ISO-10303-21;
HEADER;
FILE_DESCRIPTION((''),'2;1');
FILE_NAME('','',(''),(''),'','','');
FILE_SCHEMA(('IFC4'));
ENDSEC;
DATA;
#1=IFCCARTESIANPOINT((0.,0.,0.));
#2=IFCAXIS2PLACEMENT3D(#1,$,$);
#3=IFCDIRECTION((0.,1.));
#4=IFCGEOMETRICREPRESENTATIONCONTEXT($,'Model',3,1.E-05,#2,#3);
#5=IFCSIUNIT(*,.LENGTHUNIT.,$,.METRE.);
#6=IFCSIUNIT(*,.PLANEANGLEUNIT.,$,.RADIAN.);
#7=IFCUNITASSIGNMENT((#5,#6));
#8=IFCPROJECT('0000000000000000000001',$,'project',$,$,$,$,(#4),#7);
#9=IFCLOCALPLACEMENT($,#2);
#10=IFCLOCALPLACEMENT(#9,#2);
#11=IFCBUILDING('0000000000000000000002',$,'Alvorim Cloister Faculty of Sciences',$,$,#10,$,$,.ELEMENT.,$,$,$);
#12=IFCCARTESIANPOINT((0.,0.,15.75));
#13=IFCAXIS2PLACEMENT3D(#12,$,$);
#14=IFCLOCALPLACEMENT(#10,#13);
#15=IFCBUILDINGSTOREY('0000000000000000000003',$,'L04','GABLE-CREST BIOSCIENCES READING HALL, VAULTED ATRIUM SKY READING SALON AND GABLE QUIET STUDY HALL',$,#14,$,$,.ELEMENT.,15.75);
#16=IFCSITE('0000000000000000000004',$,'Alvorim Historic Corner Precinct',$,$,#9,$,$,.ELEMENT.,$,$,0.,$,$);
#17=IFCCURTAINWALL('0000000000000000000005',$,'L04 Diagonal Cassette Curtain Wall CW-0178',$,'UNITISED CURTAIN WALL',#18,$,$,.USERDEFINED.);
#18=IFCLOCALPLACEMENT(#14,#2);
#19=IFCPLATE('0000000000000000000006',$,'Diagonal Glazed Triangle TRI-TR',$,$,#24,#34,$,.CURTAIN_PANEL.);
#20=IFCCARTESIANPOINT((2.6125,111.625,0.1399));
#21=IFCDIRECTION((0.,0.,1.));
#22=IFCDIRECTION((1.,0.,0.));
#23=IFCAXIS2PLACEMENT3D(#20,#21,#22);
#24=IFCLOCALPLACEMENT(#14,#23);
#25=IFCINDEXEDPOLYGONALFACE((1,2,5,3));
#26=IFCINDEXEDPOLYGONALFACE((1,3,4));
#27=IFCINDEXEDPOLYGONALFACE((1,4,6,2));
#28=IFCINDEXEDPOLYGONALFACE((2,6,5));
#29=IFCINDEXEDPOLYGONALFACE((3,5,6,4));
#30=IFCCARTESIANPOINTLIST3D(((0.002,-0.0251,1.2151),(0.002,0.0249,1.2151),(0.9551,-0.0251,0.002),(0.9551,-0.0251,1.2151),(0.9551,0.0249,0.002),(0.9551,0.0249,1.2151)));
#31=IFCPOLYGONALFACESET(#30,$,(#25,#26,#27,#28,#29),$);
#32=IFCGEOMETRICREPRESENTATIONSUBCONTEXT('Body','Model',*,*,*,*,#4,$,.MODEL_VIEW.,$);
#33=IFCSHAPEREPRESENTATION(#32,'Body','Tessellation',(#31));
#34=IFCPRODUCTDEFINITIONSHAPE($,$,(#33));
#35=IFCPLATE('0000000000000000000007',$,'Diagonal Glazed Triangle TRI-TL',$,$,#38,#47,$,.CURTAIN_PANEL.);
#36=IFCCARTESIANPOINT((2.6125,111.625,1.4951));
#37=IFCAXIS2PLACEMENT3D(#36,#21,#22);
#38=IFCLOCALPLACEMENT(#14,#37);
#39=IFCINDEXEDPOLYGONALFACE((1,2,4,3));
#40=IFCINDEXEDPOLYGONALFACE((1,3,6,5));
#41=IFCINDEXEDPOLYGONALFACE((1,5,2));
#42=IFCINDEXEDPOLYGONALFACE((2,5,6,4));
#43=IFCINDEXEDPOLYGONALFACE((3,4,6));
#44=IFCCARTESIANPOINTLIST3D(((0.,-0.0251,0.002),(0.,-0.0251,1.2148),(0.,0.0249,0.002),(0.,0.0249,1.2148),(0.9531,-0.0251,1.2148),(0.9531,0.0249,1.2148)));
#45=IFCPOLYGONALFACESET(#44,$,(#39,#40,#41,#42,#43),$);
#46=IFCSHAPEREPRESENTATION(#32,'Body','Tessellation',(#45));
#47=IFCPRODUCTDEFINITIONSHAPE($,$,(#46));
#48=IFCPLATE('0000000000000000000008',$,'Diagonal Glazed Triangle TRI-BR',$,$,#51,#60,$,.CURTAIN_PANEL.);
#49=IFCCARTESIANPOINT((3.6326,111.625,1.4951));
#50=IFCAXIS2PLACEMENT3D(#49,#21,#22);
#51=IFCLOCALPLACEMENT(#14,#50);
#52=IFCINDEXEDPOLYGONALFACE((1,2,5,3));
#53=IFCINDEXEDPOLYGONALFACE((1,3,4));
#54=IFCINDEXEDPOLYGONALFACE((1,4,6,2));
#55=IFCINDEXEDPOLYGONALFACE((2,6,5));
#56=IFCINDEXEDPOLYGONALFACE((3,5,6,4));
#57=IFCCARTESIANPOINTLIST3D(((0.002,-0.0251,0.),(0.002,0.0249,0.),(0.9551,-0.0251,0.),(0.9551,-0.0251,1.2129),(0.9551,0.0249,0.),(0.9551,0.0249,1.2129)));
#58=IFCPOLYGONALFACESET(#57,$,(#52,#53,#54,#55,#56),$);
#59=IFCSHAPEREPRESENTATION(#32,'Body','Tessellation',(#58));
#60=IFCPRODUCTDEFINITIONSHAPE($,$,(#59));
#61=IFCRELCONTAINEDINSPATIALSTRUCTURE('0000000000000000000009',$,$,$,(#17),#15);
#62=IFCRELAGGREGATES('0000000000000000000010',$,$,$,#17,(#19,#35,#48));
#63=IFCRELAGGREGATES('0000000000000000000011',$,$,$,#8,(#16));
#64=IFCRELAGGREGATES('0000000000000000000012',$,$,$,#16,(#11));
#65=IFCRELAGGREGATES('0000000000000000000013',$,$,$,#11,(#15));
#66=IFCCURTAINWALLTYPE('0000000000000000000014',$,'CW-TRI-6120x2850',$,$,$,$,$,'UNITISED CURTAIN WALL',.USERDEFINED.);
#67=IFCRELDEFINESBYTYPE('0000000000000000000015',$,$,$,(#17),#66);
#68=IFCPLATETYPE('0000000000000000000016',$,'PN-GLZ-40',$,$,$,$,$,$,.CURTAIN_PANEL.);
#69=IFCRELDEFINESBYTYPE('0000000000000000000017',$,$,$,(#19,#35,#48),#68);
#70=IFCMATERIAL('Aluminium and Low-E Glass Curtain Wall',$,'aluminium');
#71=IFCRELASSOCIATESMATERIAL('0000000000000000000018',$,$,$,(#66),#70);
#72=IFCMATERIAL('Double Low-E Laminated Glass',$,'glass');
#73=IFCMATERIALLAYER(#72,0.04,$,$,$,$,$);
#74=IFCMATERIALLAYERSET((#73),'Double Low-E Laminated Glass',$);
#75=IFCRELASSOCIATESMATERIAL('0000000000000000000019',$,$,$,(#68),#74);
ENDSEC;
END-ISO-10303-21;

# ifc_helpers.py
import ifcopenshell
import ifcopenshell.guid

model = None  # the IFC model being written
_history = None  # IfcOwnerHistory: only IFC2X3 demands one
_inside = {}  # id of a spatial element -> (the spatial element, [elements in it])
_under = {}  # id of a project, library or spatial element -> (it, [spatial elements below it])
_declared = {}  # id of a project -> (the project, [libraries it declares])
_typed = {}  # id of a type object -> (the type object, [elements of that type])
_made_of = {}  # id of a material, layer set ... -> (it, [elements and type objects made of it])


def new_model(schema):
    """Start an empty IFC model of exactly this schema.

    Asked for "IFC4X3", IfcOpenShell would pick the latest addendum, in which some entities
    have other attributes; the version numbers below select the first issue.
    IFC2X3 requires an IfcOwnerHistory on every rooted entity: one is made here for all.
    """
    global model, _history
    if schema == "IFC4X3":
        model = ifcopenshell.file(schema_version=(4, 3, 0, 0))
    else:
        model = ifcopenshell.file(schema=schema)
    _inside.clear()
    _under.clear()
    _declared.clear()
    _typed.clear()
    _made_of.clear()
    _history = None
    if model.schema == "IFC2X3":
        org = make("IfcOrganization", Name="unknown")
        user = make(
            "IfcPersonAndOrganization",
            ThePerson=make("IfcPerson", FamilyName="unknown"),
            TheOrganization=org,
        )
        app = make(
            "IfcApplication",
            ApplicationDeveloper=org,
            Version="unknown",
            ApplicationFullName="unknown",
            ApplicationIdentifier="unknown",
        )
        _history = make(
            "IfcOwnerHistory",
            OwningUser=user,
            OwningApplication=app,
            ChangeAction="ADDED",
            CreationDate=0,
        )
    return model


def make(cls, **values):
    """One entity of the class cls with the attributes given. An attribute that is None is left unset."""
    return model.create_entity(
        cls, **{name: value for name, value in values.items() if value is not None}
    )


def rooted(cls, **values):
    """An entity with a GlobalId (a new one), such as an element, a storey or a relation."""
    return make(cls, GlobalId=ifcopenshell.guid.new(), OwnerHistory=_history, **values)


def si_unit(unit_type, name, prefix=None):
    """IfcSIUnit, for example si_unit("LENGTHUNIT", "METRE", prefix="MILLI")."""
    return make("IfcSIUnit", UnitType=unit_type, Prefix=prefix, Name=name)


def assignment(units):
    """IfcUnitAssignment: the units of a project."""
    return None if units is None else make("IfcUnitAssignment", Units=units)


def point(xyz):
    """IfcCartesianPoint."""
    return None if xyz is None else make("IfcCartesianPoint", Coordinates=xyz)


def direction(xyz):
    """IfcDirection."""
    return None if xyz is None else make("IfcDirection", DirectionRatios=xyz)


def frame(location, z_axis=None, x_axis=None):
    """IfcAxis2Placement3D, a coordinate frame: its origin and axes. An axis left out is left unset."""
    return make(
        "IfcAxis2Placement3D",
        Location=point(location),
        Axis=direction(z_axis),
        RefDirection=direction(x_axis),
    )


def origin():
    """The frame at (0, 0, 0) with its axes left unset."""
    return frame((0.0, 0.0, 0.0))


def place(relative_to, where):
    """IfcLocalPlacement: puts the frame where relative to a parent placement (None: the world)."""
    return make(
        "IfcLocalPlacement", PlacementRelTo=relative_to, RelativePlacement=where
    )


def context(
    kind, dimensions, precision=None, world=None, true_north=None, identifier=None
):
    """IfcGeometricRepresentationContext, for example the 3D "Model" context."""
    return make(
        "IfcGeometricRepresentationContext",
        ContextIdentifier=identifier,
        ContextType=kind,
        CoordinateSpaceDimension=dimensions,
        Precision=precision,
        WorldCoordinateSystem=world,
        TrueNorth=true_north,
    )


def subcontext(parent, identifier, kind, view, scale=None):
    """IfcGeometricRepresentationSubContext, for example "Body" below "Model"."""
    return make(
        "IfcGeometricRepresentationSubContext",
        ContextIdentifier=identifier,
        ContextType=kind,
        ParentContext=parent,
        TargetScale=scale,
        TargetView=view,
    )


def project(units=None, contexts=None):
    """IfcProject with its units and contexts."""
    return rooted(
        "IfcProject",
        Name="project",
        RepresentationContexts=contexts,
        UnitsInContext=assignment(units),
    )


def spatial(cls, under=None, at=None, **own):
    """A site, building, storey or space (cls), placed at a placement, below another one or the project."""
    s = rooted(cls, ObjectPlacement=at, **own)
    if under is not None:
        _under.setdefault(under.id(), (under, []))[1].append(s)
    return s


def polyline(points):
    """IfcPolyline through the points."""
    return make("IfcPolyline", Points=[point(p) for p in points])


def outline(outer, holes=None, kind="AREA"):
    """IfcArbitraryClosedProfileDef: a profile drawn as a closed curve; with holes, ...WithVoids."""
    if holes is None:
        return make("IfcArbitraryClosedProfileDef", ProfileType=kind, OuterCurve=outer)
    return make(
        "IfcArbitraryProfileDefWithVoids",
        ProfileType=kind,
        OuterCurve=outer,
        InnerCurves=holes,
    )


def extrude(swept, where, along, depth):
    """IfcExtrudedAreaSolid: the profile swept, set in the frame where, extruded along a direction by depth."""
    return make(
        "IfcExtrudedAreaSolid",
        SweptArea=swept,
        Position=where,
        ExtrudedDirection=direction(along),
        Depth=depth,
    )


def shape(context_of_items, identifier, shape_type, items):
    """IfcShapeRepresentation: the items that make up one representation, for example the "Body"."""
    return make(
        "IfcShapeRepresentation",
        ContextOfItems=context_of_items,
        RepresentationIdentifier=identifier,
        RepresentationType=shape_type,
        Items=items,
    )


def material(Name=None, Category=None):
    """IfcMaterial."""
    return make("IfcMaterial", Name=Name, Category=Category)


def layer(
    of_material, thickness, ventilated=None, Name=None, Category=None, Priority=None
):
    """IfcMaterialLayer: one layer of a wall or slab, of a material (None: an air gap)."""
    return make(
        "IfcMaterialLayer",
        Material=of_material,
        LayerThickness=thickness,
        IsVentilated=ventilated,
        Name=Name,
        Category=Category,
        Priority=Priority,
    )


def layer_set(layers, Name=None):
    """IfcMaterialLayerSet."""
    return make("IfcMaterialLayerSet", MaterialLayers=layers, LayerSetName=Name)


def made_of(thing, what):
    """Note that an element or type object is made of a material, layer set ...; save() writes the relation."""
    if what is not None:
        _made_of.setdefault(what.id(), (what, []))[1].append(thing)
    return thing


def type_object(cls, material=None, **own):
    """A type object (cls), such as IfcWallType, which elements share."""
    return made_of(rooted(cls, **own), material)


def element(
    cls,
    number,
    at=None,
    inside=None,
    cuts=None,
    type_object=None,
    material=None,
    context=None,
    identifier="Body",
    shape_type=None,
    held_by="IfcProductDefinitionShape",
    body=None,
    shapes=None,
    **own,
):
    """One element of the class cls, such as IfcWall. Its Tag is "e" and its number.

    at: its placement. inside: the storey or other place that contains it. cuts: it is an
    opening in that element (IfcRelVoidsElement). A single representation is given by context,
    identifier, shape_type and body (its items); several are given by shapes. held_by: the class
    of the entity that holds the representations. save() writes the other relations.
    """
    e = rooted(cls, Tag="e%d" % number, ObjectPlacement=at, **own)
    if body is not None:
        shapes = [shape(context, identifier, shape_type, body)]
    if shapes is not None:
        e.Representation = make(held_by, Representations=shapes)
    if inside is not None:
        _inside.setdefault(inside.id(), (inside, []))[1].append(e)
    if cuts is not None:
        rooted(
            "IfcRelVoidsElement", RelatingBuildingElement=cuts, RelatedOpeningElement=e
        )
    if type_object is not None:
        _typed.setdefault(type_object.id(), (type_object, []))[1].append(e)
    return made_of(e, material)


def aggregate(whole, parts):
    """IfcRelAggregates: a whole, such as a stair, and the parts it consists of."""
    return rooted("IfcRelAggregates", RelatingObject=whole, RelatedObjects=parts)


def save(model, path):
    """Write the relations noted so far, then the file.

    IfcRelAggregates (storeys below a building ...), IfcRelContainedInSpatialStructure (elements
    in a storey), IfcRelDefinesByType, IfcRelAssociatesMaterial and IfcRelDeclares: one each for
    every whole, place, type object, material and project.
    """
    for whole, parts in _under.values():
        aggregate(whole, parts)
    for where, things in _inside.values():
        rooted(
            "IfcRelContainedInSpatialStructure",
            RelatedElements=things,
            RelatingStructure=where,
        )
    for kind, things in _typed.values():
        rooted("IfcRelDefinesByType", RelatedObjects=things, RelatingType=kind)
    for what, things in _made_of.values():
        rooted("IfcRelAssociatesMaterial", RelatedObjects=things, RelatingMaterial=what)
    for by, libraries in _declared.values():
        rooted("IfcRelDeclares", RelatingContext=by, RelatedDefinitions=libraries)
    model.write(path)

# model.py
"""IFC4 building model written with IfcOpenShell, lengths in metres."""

from ifc_helpers import new_model, si_unit, direction, frame, origin, place, context, subcontext, project, spatial, polyline, outline, extrude, material, layer, layer_set, type_object, element, aggregate, save


model = new_model("IFC4")

# Units and contexts
model_context = context("Model", 3, precision=1e-05, world=origin(), true_north=direction((0.0, 1.0)))
body_context = subcontext(model_context, "Body", "Model", "MODEL_VIEW")
ifc_project = project(units=[si_unit("LENGTHUNIT", "METRE"), si_unit("PLANEANGLEUNIT", "RADIAN")], contexts=[model_context])

# Site, building, storey
site_placement = place(None, origin())
site = spatial("IfcSite", under=ifc_project, at=site_placement, Name="Alvorim Historic Corner Precinct", CompositionType="ELEMENT", RefElevation=0.0)
building_placement = place(site_placement, origin())
building = spatial("IfcBuilding", under=site, at=building_placement, Name="Alvorim Cloister Faculty of Sciences", CompositionType="ELEMENT")
storey_placement = place(building_placement, frame((0.0, 0.0, 15.75)))
storey = spatial("IfcBuildingStorey", under=building, at=storey_placement, Name="L04", Description="GABLE-CREST BIOSCIENCES READING HALL, VAULTED ATRIUM SKY READING SALON AND GABLE QUIET STUDY HALL", CompositionType="ELEMENT", Elevation=15.75)

# Curtain wall, plates
ifc_material_1 = material(Name="Aluminium and Low-E Glass Curtain Wall", Category="aluminium")
curtain_wall_type = type_object("IfcCurtainWallType", Name="CW-TRI-6120x2850", ElementType="UNITISED CURTAIN WALL", PredefinedType="USERDEFINED", material=ifc_material_1)
curtain_wall_placement = place(storey_placement, origin())
curtain_wall = element("IfcCurtainWall", 1, at=curtain_wall_placement, inside=storey, type_object=curtain_wall_type, Name="L04 Diagonal Cassette Curtain Wall CW-0178", ObjectType="UNITISED CURTAIN WALL", PredefinedType="USERDEFINED")
ifc_material_2 = material(Name="Double Low-E Laminated Glass", Category="glass")
ifc_layer = layer(ifc_material_2, 0.04)
ifc_layer_set = layer_set([ifc_layer], Name="Double Low-E Laminated Glass")
plate_type = type_object("IfcPlateType", Name="PN-GLZ-40", PredefinedType="CURTAIN_PANEL", material=ifc_layer_set)
plate_1_placement = place(storey_placement, frame((2.6125, 111.625, 0.1399), z_axis=(0.0, 0.0, 1.0), x_axis=(1.0, 0.0, 0.0)))
plate_1 = element("IfcPlate", 2, at=plate_1_placement, type_object=plate_type, Name="Diagonal Glazed Triangle TRI-TR", PredefinedType="CURTAIN_PANEL", context=body_context, shape_type="SweptSolid", body=[
    extrude(outline(polyline([(0.9551, 0.002), (0.9551, 1.2151), (0.002, 1.2151), (0.9551, 0.002)])), frame((0.0, 0.0249, 0.0), z_axis=(0.0, -1.0, 0.0), x_axis=(1.0, 0.0, 0.0)), (0.0, 0.0, 1.0), 0.05),
])
plate_2_placement = place(storey_placement, frame((2.6125, 111.625, 1.4951), z_axis=(0.0, 0.0, 1.0), x_axis=(1.0, 0.0, 0.0)))
plate_2 = element("IfcPlate", 3, at=plate_2_placement, type_object=plate_type, Name="Diagonal Glazed Triangle TRI-TL", PredefinedType="CURTAIN_PANEL", context=body_context, shape_type="SweptSolid", body=[
    extrude(outline(polyline([(0.9531, 1.2148), (0.0, 1.2148), (0.0, 0.002), (0.9531, 1.2148)])), frame((0.0, 0.0249, 0.0), z_axis=(0.0, -1.0, 0.0), x_axis=(1.0, 0.0, 0.0)), (0.0, 0.0, 1.0), 0.05),
])
plate_3_placement = place(storey_placement, frame((3.6326, 111.625, 1.4951), z_axis=(0.0, 0.0, 1.0), x_axis=(1.0, 0.0, 0.0)))
plate_3 = element("IfcPlate", 4, at=plate_3_placement, type_object=plate_type, Name="Diagonal Glazed Triangle TRI-BR", PredefinedType="CURTAIN_PANEL", context=body_context, shape_type="SweptSolid", body=[
    extrude(outline(polyline([(0.002, 0.0), (0.9551, 0.0), (0.9551, 1.2129), (0.002, 0.0)])), frame((0.0, 0.0249, 0.0), z_axis=(0.0, -1.0, 0.0), x_axis=(1.0, 0.0, 0.0)), (0.0, 0.0, 1.0), 0.05),
])
aggregate(curtain_wall, [plate_1, plate_2, plate_3])

save(model, "model.ifc")
